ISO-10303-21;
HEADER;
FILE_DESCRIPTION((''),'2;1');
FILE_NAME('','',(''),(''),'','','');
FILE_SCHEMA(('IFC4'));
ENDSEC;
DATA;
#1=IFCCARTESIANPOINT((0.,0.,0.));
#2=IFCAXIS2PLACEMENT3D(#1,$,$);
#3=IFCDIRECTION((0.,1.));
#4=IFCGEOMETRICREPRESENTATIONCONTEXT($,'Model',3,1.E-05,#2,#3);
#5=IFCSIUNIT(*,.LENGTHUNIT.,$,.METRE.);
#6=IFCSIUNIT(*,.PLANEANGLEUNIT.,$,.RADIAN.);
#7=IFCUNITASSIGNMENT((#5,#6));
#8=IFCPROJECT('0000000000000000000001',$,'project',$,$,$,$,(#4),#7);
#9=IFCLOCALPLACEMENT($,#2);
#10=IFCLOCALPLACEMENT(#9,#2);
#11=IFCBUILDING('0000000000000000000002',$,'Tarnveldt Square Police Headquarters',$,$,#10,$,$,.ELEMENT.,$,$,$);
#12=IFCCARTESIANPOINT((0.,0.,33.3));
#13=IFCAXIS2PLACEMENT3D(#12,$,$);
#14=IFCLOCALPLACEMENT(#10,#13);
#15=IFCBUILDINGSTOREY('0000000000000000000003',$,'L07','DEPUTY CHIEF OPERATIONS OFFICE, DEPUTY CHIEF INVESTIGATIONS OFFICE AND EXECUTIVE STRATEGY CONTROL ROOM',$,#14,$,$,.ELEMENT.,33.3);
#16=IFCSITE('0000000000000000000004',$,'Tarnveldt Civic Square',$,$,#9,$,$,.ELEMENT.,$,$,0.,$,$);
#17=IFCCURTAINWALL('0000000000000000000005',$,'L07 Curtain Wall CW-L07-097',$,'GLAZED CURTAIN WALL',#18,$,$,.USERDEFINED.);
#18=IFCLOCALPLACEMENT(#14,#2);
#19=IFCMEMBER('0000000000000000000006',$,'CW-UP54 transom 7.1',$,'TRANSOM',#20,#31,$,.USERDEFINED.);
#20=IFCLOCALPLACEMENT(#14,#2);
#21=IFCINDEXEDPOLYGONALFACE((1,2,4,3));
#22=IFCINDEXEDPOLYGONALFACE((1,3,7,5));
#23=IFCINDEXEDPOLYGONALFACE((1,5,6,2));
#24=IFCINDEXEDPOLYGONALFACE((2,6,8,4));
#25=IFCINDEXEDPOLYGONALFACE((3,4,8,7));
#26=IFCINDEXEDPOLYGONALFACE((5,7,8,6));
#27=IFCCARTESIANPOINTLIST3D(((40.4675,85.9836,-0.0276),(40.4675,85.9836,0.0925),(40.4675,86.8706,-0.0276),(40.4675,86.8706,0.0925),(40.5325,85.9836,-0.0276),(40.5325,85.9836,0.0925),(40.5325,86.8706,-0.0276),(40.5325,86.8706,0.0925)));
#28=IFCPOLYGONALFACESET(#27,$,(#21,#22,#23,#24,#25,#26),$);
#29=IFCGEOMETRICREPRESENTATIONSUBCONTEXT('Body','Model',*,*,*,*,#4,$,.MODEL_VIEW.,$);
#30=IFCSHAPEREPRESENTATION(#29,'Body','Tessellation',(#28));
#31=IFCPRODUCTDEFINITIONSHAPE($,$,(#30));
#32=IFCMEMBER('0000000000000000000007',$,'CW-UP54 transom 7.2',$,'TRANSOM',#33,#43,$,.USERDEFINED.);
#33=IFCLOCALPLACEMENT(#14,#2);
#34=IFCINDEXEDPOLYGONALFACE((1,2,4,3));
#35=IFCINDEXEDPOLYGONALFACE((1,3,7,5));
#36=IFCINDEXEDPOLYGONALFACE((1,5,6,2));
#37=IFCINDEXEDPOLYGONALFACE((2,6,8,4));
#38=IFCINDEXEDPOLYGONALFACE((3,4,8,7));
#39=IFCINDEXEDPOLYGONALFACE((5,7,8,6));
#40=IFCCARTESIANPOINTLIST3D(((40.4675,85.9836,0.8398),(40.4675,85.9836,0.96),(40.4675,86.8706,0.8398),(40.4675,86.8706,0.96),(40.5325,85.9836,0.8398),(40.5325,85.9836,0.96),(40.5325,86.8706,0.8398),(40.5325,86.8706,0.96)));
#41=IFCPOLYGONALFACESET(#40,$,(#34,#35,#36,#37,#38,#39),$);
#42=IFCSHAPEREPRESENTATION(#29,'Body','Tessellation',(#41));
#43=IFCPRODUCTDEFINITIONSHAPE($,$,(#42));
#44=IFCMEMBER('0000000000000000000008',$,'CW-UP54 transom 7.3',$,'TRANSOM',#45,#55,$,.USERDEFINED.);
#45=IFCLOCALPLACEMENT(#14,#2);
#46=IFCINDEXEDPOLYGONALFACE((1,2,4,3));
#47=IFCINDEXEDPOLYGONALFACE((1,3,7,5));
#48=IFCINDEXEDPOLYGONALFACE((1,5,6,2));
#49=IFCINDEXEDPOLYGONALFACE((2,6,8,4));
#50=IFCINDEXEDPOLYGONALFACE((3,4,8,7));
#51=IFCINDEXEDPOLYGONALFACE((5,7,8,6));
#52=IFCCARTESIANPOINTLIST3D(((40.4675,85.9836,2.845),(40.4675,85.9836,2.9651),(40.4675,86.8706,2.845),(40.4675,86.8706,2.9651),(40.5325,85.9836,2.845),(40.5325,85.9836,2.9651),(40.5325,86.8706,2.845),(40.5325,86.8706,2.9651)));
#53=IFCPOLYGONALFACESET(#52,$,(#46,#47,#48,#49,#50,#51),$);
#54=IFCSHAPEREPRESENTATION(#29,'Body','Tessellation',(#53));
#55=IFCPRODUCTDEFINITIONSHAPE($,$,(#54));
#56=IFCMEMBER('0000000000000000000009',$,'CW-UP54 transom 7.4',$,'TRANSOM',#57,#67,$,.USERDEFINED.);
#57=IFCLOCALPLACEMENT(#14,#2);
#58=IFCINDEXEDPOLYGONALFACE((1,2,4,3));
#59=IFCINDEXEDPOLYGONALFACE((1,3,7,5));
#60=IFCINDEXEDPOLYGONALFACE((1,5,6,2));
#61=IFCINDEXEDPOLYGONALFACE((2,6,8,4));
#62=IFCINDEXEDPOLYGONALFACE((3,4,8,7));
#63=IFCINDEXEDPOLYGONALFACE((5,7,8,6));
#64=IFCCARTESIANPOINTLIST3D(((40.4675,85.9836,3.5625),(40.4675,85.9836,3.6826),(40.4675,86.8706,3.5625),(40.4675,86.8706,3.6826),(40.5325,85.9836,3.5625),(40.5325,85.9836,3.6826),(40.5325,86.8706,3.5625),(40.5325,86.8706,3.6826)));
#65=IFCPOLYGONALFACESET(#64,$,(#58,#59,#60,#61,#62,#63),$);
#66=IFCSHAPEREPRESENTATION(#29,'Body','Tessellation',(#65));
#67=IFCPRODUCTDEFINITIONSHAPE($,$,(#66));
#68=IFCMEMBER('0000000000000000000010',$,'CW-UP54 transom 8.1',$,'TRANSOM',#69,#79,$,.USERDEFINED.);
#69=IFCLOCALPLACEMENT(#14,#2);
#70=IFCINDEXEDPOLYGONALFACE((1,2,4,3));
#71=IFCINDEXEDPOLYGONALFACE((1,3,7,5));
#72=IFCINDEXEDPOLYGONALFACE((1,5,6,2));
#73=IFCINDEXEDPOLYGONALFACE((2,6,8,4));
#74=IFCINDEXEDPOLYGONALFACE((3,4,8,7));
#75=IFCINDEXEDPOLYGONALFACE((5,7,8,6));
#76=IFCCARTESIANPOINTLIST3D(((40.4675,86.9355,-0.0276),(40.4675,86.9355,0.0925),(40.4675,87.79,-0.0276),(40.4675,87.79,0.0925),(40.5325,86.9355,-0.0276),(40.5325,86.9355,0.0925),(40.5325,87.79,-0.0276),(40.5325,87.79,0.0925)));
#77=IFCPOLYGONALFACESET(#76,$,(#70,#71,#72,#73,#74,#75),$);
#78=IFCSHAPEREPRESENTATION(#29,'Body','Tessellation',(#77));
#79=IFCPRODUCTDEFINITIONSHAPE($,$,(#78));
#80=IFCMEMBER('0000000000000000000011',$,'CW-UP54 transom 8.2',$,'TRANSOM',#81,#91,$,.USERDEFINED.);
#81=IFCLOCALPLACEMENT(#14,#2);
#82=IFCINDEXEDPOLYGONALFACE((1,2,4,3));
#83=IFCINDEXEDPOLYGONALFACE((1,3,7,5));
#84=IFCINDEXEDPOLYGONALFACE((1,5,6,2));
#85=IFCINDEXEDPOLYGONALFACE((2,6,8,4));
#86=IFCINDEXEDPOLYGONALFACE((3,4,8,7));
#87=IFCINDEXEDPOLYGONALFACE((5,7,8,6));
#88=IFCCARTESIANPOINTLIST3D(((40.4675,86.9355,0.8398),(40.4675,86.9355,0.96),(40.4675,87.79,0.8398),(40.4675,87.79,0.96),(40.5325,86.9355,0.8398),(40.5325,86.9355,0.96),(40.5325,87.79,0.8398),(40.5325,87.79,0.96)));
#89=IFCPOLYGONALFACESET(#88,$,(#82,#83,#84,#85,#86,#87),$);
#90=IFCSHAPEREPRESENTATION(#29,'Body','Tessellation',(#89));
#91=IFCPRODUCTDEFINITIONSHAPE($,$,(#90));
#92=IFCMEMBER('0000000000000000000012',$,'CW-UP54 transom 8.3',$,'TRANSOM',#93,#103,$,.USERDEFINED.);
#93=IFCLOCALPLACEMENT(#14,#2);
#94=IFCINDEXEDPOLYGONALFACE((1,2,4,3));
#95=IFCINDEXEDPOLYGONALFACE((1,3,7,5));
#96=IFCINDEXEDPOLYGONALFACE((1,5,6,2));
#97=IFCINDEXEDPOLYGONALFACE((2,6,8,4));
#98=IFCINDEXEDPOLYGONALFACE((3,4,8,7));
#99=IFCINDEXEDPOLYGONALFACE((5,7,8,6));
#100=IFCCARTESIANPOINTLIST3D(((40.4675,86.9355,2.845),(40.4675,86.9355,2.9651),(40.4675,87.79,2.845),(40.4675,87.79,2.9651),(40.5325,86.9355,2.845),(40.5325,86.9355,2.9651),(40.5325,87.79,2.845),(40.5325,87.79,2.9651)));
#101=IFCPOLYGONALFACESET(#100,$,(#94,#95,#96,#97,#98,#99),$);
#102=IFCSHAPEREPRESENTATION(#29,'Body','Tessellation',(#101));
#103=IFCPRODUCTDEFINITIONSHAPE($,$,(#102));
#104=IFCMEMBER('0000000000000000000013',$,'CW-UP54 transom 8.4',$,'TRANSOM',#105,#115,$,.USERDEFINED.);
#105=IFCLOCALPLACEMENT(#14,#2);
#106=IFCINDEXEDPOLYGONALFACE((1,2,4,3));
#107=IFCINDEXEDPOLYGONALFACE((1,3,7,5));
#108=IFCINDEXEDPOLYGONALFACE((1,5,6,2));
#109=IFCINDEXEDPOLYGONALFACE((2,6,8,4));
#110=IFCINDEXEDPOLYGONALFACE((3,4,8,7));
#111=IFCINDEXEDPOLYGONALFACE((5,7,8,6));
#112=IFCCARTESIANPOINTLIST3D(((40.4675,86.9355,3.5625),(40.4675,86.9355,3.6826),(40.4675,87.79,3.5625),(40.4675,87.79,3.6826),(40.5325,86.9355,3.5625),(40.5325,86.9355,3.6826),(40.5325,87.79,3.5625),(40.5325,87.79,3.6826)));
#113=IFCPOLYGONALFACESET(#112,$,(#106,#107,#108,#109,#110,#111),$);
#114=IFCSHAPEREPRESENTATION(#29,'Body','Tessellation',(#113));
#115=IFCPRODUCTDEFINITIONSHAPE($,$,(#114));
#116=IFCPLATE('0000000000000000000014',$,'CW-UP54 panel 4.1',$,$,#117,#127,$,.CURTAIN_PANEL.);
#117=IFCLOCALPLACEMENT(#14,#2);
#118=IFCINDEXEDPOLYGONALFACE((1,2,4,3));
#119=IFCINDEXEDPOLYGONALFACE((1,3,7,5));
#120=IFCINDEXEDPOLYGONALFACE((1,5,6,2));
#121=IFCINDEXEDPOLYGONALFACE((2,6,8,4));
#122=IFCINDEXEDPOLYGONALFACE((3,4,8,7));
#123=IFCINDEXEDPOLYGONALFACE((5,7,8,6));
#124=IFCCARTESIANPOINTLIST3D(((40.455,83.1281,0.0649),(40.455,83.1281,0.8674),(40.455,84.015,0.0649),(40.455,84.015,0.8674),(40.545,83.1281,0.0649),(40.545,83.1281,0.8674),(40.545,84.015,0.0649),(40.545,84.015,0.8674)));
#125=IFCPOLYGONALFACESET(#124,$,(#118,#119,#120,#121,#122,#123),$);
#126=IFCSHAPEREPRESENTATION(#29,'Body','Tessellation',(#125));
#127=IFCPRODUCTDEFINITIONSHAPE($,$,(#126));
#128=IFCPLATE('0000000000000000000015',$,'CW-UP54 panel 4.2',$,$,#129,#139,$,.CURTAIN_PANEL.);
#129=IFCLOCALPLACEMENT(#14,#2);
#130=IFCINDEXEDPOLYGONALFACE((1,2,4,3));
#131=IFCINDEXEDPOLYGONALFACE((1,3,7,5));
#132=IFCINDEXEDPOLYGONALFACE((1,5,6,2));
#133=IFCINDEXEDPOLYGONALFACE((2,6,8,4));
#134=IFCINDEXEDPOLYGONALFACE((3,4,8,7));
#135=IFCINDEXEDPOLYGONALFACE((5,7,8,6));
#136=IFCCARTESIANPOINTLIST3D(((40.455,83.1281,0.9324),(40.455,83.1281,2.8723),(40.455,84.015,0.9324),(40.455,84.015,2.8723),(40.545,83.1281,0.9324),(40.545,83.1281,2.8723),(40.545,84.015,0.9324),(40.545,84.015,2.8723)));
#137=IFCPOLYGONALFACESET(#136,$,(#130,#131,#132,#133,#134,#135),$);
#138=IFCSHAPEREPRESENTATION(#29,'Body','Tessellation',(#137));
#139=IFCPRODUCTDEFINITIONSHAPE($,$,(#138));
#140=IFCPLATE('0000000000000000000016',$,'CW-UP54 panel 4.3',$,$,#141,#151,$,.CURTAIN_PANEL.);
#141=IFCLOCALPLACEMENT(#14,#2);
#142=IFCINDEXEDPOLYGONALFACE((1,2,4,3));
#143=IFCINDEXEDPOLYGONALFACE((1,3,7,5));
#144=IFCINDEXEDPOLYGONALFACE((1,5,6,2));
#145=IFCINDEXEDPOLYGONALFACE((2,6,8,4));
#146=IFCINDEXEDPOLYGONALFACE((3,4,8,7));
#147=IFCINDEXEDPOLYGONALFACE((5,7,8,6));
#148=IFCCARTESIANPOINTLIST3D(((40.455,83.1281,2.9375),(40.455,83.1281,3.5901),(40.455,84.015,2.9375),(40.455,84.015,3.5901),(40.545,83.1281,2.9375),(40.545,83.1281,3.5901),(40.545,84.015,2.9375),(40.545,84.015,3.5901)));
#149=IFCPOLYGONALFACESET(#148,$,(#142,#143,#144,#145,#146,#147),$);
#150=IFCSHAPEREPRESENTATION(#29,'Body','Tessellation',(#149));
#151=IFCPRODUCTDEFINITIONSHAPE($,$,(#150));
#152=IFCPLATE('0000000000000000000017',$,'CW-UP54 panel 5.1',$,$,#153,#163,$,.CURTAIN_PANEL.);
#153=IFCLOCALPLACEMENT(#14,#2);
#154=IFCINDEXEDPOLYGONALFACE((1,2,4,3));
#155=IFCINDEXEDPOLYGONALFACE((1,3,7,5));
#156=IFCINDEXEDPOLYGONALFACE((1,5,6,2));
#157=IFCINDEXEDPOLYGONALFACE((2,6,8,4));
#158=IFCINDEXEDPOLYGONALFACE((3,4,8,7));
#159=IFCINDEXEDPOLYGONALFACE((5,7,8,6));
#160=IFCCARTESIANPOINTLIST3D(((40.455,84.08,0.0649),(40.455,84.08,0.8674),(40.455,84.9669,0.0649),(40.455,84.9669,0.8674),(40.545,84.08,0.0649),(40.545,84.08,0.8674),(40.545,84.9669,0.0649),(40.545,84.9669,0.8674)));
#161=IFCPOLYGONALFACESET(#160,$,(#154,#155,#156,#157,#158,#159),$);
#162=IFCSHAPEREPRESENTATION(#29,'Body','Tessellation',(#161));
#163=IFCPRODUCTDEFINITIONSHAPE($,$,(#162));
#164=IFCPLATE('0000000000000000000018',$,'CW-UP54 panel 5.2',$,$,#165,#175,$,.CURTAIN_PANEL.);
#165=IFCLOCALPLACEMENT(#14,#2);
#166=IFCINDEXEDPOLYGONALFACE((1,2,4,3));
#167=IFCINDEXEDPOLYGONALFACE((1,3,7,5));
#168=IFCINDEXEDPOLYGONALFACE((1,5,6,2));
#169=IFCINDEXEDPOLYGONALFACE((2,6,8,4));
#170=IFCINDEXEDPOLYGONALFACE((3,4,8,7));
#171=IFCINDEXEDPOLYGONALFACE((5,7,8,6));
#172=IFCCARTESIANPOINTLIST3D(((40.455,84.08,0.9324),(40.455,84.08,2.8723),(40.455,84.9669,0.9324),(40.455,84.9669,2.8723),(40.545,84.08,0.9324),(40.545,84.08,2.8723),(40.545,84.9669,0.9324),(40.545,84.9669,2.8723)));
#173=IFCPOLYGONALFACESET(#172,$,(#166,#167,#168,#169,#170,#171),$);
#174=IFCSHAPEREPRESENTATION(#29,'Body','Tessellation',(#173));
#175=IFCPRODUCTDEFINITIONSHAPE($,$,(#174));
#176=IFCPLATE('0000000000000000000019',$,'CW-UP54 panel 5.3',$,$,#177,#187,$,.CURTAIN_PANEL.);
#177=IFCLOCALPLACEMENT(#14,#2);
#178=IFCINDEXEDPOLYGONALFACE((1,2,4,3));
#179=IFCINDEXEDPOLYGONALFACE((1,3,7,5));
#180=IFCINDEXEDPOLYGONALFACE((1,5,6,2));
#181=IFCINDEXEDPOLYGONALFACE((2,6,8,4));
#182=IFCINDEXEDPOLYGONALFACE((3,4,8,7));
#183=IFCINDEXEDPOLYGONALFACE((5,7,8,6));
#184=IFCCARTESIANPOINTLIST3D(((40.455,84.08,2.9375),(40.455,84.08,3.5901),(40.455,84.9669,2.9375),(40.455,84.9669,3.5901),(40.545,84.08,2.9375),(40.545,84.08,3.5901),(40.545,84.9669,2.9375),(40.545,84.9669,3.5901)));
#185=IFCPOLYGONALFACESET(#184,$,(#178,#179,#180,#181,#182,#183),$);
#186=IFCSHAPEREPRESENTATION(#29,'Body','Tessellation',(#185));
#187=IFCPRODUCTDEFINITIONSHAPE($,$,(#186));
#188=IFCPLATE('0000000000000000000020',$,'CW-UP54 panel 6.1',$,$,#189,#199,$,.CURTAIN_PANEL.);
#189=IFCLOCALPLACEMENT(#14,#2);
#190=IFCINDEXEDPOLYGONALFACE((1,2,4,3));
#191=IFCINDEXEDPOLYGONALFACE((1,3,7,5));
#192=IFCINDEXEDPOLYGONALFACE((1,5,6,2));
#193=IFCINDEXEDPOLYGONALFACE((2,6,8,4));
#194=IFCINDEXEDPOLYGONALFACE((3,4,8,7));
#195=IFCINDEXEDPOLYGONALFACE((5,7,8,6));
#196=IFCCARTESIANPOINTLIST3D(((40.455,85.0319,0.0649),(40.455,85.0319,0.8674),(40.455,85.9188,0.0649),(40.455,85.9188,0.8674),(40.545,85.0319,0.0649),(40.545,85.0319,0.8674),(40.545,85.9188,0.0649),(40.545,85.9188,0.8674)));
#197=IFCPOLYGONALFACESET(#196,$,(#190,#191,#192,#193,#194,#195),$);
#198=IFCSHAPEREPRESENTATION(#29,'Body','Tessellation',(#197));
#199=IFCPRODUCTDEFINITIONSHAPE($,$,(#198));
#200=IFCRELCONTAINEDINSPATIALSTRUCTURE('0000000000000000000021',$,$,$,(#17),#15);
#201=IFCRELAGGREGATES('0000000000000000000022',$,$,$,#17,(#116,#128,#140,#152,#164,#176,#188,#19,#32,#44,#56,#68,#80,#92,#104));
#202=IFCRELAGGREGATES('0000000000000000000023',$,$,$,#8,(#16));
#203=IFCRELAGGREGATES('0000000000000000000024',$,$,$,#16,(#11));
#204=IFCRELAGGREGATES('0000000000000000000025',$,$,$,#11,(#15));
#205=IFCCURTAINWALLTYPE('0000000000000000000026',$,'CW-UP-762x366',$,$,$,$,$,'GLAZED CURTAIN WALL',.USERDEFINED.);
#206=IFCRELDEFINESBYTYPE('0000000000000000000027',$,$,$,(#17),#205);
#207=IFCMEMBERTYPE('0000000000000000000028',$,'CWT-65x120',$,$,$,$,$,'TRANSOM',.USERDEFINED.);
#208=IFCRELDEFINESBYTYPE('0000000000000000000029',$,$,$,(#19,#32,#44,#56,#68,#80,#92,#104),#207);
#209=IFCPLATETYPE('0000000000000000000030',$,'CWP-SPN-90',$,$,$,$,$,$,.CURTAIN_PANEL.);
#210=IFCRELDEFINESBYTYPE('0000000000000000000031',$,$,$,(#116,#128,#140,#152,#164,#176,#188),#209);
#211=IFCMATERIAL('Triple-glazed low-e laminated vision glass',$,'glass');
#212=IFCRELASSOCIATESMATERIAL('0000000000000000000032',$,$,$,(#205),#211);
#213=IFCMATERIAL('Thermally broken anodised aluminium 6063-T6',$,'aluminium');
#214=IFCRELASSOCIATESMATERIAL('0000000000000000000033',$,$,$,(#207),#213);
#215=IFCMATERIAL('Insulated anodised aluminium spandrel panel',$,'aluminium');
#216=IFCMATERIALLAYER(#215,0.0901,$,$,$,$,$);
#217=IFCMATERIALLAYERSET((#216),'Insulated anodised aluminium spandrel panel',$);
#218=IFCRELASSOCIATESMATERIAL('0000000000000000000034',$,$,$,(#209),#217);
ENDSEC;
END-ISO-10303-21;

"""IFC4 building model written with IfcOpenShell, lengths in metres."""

from ifc_helpers import new_model, si_unit, direction, frame, origin, origin_2d, place, context, subcontext, project, spatial, rectangle, extrude, material, layer, layer_set, material_profile, profile_set, type_object, element, aggregate, save


model = new_model("IFC4")

# Units and contexts
model_context = context("Model", 3, precision=1e-05, world=origin(), true_north=direction((0.0, 1.0)))
body_context = subcontext(model_context, "Body", "Model", "MODEL_VIEW")
ifc_project = project(units=[si_unit("LENGTHUNIT", "METRE"), si_unit("PLANEANGLEUNIT", "RADIAN")], contexts=[model_context])

# Site, building, storey
site_placement = place(None, origin())
site = spatial("IfcSite", under=ifc_project, at=site_placement, Name="Tarnveldt Civic Square", CompositionType="ELEMENT", RefElevation=0.0)
building_placement = place(site_placement, origin())
building = spatial("IfcBuilding", under=site, at=building_placement, Name="Tarnveldt Square Police Headquarters", CompositionType="ELEMENT")
storey_placement = place(building_placement, frame((0.0, 0.0, 33.3)))
storey = spatial("IfcBuildingStorey", under=building, at=storey_placement, Name="L07", Description="DEPUTY CHIEF OPERATIONS OFFICE, DEPUTY CHIEF INVESTIGATIONS OFFICE AND EXECUTIVE STRATEGY CONTROL ROOM", CompositionType="ELEMENT", Elevation=33.3)

# Curtain wall, members, plates
ifc_material_1 = material(Name="Triple-glazed low-e laminated vision glass", Category="glass")
curtain_wall_type = type_object("IfcCurtainWallType", Name="CW-UP-762x366", ElementType="GLAZED CURTAIN WALL", PredefinedType="USERDEFINED", material=ifc_material_1)
curtain_wall_placement = place(storey_placement, origin())
curtain_wall = element("IfcCurtainWall", 1, at=curtain_wall_placement, inside=storey, type_object=curtain_wall_type, Name="L07 Curtain Wall CW-L07-097", ObjectType="GLAZED CURTAIN WALL", PredefinedType="USERDEFINED")
ifc_material_2 = material(Name="Thermally broken anodised aluminium 6063-T6", Category="aluminium")
ifc_material_profile_1 = material_profile(ifc_material_2, rectangle(XDim=0.0649, YDim=0.1201, at=origin_2d()), Name="CW-T65x120")
ifc_profile_set_1 = profile_set([ifc_material_profile_1], Name="Thermally broken anodised aluminium 6063-T6")
member_type_1 = type_object("IfcMemberType", Name="CWT-65x120", ElementType="TRANSOM", PredefinedType="USERDEFINED", material=ifc_profile_set_1)
member_1_placement = place(storey_placement, frame((40.5, 85.9836, 0.0325), z_axis=(0.0, 1.0, 0.0), x_axis=(-1.0, 0.0, 0.0)))
member_1 = element("IfcMember", 2, at=member_1_placement, type_object=member_type_1, Name="CW-UP54 transom 7.1", ObjectType="TRANSOM", PredefinedType="USERDEFINED", context=body_context, shape_type="SweptSolid", body=[
    extrude(rectangle(XDim=0.0649, YDim=0.1201, at=origin_2d()), origin(), (0.0, 0.0, 1.0), 0.887),
])
member_2_placement = place(storey_placement, frame((40.5, 85.9836, 0.8999), z_axis=(0.0, 1.0, 0.0), x_axis=(-1.0, 0.0, 0.0)))
member_2 = element("IfcMember", 3, at=member_2_placement, type_object=member_type_1, Name="CW-UP54 transom 7.2", ObjectType="TRANSOM", PredefinedType="USERDEFINED", context=body_context, shape_type="SweptSolid", body=[
    extrude(rectangle(XDim=0.0649, YDim=0.1201, at=origin_2d()), origin(), (0.0, 0.0, 1.0), 0.887),
])
member_3_placement = place(storey_placement, frame((40.5, 85.9836, 2.905), z_axis=(0.0, 1.0, 0.0), x_axis=(-1.0, 0.0, 0.0)))
member_3 = element("IfcMember", 4, at=member_3_placement, type_object=member_type_1, Name="CW-UP54 transom 7.3", ObjectType="TRANSOM", PredefinedType="USERDEFINED", context=body_context, shape_type="SweptSolid", body=[
    extrude(rectangle(XDim=0.0649, YDim=0.1201, at=origin_2d()), origin(), (0.0, 0.0, 1.0), 0.887),
])
member_4_placement = place(storey_placement, frame((40.5, 85.9836, 3.6226), z_axis=(0.0, 1.0, 0.0), x_axis=(-1.0, 0.0, 0.0)))
member_4 = element("IfcMember", 5, at=member_4_placement, type_object=member_type_1, Name="CW-UP54 transom 7.4", ObjectType="TRANSOM", PredefinedType="USERDEFINED", context=body_context, shape_type="SweptSolid", body=[
    extrude(rectangle(XDim=0.0649, YDim=0.1201, at=origin_2d()), origin(), (0.0, 0.0, 1.0), 0.887),
])
member_5_placement = place(storey_placement, frame((40.5, 86.9355, 0.0325), z_axis=(0.0, 1.0, 0.0), x_axis=(-1.0, 0.0, 0.0)))
member_5 = element("IfcMember", 6, at=member_5_placement, type_object=member_type_1, Name="CW-UP54 transom 8.1", ObjectType="TRANSOM", PredefinedType="USERDEFINED", context=body_context, shape_type="SweptSolid", body=[
    extrude(rectangle(XDim=0.0649, YDim=0.1201, at=origin_2d()), origin(), (0.0, 0.0, 1.0), 0.8545),
])
member_6_placement = place(storey_placement, frame((40.5, 86.9355, 0.8999), z_axis=(0.0, 1.0, 0.0), x_axis=(-1.0, 0.0, 0.0)))
member_6 = element("IfcMember", 7, at=member_6_placement, type_object=member_type_1, Name="CW-UP54 transom 8.2", ObjectType="TRANSOM", PredefinedType="USERDEFINED", context=body_context, shape_type="SweptSolid", body=[
    extrude(rectangle(XDim=0.0649, YDim=0.1201, at=origin_2d()), origin(), (0.0, 0.0, 1.0), 0.8545),
])
member_7_placement = place(storey_placement, frame((40.5, 86.9355, 2.905), z_axis=(0.0, 1.0, 0.0), x_axis=(-1.0, 0.0, 0.0)))
member_7 = element("IfcMember", 8, at=member_7_placement, type_object=member_type_1, Name="CW-UP54 transom 8.3", ObjectType="TRANSOM", PredefinedType="USERDEFINED", context=body_context, shape_type="SweptSolid", body=[
    extrude(rectangle(XDim=0.0649, YDim=0.1201, at=origin_2d()), origin(), (0.0, 0.0, 1.0), 0.8545),
])
member_8_placement = place(storey_placement, frame((40.5, 86.9355, 3.6226), z_axis=(0.0, 1.0, 0.0), x_axis=(-1.0, 0.0, 0.0)))
member_8 = element("IfcMember", 9, at=member_8_placement, type_object=member_type_1, Name="CW-UP54 transom 8.4", ObjectType="TRANSOM", PredefinedType="USERDEFINED", context=body_context, shape_type="SweptSolid", body=[
    extrude(rectangle(XDim=0.0649, YDim=0.1201, at=origin_2d()), origin(), (0.0, 0.0, 1.0), 0.8545),
])
ifc_material_3 = material(Name="Insulated anodised aluminium spandrel panel", Category="aluminium")
ifc_layer = layer(ifc_material_3, 0.0901)
ifc_layer_set = layer_set([ifc_layer], Name="Insulated anodised aluminium spandrel panel")
plate_type = type_object("IfcPlateType", Name="CWP-SPN-90", PredefinedType="CURTAIN_PANEL", material=ifc_layer_set)
plate_1_placement = place(storey_placement, frame((40.5, 83.5715, 0.0649), z_axis=(0.0, 0.0, 1.0), x_axis=(0.0, 1.0, 0.0)))
plate_1 = element("IfcPlate", 10, at=plate_1_placement, type_object=plate_type, Name="CW-UP54 panel 4.1", PredefinedType="CURTAIN_PANEL", context=body_context, shape_type="SweptSolid", body=[
    extrude(rectangle(XDim=0.887, YDim=0.0901, at=origin_2d()), origin(), (0.0, 0.0, 1.0), 0.8025),
])
plate_2_placement = place(storey_placement, frame((40.5, 83.5715, 0.9324), z_axis=(0.0, 0.0, 1.0), x_axis=(0.0, 1.0, 0.0)))
plate_2 = element("IfcPlate", 11, at=plate_2_placement, type_object=plate_type, Name="CW-UP54 panel 4.2", PredefinedType="CURTAIN_PANEL", context=body_context, shape_type="SweptSolid", body=[
    extrude(rectangle(XDim=0.887, YDim=0.0901, at=origin_2d()), origin(), (0.0, 0.0, 1.0), 1.9399),
])
plate_3_placement = place(storey_placement, frame((40.5, 83.5715, 2.9375), z_axis=(0.0, 0.0, 1.0), x_axis=(0.0, 1.0, 0.0)))
plate_3 = element("IfcPlate", 12, at=plate_3_placement, type_object=plate_type, Name="CW-UP54 panel 4.3", PredefinedType="CURTAIN_PANEL", context=body_context, shape_type="SweptSolid", body=[
    extrude(rectangle(XDim=0.887, YDim=0.0901, at=origin_2d()), origin(), (0.0, 0.0, 1.0), 0.6526),
])
plate_4_placement = place(storey_placement, frame((40.5, 84.5234, 0.0649), z_axis=(0.0, 0.0, 1.0), x_axis=(0.0, 1.0, 0.0)))
plate_4 = element("IfcPlate", 13, at=plate_4_placement, type_object=plate_type, Name="CW-UP54 panel 5.1", PredefinedType="CURTAIN_PANEL", context=body_context, shape_type="SweptSolid", body=[
    extrude(rectangle(XDim=0.887, YDim=0.0901, at=origin_2d()), origin(), (0.0, 0.0, 1.0), 0.8025),
])
plate_5_placement = place(storey_placement, frame((40.5, 84.5234, 0.9324), z_axis=(0.0, 0.0, 1.0), x_axis=(0.0, 1.0, 0.0)))
plate_5 = element("IfcPlate", 14, at=plate_5_placement, type_object=plate_type, Name="CW-UP54 panel 5.2", PredefinedType="CURTAIN_PANEL", context=body_context, shape_type="SweptSolid", body=[
    extrude(rectangle(XDim=0.887, YDim=0.0901, at=origin_2d()), origin(), (0.0, 0.0, 1.0), 1.9399),
])
plate_6_placement = place(storey_placement, frame((40.5, 84.5234, 2.9375), z_axis=(0.0, 0.0, 1.0), x_axis=(0.0, 1.0, 0.0)))
plate_6 = element("IfcPlate", 15, at=plate_6_placement, type_object=plate_type, Name="CW-UP54 panel 5.3", PredefinedType="CURTAIN_PANEL", context=body_context, shape_type="SweptSolid", body=[
    extrude(rectangle(XDim=0.887, YDim=0.0901, at=origin_2d()), origin(), (0.0, 0.0, 1.0), 0.6526),
])
plate_7_placement = place(storey_placement, frame((40.5, 85.4753, 0.0649), z_axis=(0.0, 0.0, 1.0), x_axis=(0.0, 1.0, 0.0)))
plate_7 = element("IfcPlate", 16, at=plate_7_placement, type_object=plate_type, Name="CW-UP54 panel 6.1", PredefinedType="CURTAIN_PANEL", context=body_context, shape_type="SweptSolid", body=[
    extrude(rectangle(XDim=0.887, YDim=0.0901, at=origin_2d()), origin(), (0.0, 0.0, 1.0), 0.8025),
])
aggregate(curtain_wall, [plate_1, plate_2, plate_3, plate_4, plate_5, plate_6, plate_7, member_1, member_2, member_3, member_4, member_5, member_6, member_7, member_8])

save(model, "model.ifc")
